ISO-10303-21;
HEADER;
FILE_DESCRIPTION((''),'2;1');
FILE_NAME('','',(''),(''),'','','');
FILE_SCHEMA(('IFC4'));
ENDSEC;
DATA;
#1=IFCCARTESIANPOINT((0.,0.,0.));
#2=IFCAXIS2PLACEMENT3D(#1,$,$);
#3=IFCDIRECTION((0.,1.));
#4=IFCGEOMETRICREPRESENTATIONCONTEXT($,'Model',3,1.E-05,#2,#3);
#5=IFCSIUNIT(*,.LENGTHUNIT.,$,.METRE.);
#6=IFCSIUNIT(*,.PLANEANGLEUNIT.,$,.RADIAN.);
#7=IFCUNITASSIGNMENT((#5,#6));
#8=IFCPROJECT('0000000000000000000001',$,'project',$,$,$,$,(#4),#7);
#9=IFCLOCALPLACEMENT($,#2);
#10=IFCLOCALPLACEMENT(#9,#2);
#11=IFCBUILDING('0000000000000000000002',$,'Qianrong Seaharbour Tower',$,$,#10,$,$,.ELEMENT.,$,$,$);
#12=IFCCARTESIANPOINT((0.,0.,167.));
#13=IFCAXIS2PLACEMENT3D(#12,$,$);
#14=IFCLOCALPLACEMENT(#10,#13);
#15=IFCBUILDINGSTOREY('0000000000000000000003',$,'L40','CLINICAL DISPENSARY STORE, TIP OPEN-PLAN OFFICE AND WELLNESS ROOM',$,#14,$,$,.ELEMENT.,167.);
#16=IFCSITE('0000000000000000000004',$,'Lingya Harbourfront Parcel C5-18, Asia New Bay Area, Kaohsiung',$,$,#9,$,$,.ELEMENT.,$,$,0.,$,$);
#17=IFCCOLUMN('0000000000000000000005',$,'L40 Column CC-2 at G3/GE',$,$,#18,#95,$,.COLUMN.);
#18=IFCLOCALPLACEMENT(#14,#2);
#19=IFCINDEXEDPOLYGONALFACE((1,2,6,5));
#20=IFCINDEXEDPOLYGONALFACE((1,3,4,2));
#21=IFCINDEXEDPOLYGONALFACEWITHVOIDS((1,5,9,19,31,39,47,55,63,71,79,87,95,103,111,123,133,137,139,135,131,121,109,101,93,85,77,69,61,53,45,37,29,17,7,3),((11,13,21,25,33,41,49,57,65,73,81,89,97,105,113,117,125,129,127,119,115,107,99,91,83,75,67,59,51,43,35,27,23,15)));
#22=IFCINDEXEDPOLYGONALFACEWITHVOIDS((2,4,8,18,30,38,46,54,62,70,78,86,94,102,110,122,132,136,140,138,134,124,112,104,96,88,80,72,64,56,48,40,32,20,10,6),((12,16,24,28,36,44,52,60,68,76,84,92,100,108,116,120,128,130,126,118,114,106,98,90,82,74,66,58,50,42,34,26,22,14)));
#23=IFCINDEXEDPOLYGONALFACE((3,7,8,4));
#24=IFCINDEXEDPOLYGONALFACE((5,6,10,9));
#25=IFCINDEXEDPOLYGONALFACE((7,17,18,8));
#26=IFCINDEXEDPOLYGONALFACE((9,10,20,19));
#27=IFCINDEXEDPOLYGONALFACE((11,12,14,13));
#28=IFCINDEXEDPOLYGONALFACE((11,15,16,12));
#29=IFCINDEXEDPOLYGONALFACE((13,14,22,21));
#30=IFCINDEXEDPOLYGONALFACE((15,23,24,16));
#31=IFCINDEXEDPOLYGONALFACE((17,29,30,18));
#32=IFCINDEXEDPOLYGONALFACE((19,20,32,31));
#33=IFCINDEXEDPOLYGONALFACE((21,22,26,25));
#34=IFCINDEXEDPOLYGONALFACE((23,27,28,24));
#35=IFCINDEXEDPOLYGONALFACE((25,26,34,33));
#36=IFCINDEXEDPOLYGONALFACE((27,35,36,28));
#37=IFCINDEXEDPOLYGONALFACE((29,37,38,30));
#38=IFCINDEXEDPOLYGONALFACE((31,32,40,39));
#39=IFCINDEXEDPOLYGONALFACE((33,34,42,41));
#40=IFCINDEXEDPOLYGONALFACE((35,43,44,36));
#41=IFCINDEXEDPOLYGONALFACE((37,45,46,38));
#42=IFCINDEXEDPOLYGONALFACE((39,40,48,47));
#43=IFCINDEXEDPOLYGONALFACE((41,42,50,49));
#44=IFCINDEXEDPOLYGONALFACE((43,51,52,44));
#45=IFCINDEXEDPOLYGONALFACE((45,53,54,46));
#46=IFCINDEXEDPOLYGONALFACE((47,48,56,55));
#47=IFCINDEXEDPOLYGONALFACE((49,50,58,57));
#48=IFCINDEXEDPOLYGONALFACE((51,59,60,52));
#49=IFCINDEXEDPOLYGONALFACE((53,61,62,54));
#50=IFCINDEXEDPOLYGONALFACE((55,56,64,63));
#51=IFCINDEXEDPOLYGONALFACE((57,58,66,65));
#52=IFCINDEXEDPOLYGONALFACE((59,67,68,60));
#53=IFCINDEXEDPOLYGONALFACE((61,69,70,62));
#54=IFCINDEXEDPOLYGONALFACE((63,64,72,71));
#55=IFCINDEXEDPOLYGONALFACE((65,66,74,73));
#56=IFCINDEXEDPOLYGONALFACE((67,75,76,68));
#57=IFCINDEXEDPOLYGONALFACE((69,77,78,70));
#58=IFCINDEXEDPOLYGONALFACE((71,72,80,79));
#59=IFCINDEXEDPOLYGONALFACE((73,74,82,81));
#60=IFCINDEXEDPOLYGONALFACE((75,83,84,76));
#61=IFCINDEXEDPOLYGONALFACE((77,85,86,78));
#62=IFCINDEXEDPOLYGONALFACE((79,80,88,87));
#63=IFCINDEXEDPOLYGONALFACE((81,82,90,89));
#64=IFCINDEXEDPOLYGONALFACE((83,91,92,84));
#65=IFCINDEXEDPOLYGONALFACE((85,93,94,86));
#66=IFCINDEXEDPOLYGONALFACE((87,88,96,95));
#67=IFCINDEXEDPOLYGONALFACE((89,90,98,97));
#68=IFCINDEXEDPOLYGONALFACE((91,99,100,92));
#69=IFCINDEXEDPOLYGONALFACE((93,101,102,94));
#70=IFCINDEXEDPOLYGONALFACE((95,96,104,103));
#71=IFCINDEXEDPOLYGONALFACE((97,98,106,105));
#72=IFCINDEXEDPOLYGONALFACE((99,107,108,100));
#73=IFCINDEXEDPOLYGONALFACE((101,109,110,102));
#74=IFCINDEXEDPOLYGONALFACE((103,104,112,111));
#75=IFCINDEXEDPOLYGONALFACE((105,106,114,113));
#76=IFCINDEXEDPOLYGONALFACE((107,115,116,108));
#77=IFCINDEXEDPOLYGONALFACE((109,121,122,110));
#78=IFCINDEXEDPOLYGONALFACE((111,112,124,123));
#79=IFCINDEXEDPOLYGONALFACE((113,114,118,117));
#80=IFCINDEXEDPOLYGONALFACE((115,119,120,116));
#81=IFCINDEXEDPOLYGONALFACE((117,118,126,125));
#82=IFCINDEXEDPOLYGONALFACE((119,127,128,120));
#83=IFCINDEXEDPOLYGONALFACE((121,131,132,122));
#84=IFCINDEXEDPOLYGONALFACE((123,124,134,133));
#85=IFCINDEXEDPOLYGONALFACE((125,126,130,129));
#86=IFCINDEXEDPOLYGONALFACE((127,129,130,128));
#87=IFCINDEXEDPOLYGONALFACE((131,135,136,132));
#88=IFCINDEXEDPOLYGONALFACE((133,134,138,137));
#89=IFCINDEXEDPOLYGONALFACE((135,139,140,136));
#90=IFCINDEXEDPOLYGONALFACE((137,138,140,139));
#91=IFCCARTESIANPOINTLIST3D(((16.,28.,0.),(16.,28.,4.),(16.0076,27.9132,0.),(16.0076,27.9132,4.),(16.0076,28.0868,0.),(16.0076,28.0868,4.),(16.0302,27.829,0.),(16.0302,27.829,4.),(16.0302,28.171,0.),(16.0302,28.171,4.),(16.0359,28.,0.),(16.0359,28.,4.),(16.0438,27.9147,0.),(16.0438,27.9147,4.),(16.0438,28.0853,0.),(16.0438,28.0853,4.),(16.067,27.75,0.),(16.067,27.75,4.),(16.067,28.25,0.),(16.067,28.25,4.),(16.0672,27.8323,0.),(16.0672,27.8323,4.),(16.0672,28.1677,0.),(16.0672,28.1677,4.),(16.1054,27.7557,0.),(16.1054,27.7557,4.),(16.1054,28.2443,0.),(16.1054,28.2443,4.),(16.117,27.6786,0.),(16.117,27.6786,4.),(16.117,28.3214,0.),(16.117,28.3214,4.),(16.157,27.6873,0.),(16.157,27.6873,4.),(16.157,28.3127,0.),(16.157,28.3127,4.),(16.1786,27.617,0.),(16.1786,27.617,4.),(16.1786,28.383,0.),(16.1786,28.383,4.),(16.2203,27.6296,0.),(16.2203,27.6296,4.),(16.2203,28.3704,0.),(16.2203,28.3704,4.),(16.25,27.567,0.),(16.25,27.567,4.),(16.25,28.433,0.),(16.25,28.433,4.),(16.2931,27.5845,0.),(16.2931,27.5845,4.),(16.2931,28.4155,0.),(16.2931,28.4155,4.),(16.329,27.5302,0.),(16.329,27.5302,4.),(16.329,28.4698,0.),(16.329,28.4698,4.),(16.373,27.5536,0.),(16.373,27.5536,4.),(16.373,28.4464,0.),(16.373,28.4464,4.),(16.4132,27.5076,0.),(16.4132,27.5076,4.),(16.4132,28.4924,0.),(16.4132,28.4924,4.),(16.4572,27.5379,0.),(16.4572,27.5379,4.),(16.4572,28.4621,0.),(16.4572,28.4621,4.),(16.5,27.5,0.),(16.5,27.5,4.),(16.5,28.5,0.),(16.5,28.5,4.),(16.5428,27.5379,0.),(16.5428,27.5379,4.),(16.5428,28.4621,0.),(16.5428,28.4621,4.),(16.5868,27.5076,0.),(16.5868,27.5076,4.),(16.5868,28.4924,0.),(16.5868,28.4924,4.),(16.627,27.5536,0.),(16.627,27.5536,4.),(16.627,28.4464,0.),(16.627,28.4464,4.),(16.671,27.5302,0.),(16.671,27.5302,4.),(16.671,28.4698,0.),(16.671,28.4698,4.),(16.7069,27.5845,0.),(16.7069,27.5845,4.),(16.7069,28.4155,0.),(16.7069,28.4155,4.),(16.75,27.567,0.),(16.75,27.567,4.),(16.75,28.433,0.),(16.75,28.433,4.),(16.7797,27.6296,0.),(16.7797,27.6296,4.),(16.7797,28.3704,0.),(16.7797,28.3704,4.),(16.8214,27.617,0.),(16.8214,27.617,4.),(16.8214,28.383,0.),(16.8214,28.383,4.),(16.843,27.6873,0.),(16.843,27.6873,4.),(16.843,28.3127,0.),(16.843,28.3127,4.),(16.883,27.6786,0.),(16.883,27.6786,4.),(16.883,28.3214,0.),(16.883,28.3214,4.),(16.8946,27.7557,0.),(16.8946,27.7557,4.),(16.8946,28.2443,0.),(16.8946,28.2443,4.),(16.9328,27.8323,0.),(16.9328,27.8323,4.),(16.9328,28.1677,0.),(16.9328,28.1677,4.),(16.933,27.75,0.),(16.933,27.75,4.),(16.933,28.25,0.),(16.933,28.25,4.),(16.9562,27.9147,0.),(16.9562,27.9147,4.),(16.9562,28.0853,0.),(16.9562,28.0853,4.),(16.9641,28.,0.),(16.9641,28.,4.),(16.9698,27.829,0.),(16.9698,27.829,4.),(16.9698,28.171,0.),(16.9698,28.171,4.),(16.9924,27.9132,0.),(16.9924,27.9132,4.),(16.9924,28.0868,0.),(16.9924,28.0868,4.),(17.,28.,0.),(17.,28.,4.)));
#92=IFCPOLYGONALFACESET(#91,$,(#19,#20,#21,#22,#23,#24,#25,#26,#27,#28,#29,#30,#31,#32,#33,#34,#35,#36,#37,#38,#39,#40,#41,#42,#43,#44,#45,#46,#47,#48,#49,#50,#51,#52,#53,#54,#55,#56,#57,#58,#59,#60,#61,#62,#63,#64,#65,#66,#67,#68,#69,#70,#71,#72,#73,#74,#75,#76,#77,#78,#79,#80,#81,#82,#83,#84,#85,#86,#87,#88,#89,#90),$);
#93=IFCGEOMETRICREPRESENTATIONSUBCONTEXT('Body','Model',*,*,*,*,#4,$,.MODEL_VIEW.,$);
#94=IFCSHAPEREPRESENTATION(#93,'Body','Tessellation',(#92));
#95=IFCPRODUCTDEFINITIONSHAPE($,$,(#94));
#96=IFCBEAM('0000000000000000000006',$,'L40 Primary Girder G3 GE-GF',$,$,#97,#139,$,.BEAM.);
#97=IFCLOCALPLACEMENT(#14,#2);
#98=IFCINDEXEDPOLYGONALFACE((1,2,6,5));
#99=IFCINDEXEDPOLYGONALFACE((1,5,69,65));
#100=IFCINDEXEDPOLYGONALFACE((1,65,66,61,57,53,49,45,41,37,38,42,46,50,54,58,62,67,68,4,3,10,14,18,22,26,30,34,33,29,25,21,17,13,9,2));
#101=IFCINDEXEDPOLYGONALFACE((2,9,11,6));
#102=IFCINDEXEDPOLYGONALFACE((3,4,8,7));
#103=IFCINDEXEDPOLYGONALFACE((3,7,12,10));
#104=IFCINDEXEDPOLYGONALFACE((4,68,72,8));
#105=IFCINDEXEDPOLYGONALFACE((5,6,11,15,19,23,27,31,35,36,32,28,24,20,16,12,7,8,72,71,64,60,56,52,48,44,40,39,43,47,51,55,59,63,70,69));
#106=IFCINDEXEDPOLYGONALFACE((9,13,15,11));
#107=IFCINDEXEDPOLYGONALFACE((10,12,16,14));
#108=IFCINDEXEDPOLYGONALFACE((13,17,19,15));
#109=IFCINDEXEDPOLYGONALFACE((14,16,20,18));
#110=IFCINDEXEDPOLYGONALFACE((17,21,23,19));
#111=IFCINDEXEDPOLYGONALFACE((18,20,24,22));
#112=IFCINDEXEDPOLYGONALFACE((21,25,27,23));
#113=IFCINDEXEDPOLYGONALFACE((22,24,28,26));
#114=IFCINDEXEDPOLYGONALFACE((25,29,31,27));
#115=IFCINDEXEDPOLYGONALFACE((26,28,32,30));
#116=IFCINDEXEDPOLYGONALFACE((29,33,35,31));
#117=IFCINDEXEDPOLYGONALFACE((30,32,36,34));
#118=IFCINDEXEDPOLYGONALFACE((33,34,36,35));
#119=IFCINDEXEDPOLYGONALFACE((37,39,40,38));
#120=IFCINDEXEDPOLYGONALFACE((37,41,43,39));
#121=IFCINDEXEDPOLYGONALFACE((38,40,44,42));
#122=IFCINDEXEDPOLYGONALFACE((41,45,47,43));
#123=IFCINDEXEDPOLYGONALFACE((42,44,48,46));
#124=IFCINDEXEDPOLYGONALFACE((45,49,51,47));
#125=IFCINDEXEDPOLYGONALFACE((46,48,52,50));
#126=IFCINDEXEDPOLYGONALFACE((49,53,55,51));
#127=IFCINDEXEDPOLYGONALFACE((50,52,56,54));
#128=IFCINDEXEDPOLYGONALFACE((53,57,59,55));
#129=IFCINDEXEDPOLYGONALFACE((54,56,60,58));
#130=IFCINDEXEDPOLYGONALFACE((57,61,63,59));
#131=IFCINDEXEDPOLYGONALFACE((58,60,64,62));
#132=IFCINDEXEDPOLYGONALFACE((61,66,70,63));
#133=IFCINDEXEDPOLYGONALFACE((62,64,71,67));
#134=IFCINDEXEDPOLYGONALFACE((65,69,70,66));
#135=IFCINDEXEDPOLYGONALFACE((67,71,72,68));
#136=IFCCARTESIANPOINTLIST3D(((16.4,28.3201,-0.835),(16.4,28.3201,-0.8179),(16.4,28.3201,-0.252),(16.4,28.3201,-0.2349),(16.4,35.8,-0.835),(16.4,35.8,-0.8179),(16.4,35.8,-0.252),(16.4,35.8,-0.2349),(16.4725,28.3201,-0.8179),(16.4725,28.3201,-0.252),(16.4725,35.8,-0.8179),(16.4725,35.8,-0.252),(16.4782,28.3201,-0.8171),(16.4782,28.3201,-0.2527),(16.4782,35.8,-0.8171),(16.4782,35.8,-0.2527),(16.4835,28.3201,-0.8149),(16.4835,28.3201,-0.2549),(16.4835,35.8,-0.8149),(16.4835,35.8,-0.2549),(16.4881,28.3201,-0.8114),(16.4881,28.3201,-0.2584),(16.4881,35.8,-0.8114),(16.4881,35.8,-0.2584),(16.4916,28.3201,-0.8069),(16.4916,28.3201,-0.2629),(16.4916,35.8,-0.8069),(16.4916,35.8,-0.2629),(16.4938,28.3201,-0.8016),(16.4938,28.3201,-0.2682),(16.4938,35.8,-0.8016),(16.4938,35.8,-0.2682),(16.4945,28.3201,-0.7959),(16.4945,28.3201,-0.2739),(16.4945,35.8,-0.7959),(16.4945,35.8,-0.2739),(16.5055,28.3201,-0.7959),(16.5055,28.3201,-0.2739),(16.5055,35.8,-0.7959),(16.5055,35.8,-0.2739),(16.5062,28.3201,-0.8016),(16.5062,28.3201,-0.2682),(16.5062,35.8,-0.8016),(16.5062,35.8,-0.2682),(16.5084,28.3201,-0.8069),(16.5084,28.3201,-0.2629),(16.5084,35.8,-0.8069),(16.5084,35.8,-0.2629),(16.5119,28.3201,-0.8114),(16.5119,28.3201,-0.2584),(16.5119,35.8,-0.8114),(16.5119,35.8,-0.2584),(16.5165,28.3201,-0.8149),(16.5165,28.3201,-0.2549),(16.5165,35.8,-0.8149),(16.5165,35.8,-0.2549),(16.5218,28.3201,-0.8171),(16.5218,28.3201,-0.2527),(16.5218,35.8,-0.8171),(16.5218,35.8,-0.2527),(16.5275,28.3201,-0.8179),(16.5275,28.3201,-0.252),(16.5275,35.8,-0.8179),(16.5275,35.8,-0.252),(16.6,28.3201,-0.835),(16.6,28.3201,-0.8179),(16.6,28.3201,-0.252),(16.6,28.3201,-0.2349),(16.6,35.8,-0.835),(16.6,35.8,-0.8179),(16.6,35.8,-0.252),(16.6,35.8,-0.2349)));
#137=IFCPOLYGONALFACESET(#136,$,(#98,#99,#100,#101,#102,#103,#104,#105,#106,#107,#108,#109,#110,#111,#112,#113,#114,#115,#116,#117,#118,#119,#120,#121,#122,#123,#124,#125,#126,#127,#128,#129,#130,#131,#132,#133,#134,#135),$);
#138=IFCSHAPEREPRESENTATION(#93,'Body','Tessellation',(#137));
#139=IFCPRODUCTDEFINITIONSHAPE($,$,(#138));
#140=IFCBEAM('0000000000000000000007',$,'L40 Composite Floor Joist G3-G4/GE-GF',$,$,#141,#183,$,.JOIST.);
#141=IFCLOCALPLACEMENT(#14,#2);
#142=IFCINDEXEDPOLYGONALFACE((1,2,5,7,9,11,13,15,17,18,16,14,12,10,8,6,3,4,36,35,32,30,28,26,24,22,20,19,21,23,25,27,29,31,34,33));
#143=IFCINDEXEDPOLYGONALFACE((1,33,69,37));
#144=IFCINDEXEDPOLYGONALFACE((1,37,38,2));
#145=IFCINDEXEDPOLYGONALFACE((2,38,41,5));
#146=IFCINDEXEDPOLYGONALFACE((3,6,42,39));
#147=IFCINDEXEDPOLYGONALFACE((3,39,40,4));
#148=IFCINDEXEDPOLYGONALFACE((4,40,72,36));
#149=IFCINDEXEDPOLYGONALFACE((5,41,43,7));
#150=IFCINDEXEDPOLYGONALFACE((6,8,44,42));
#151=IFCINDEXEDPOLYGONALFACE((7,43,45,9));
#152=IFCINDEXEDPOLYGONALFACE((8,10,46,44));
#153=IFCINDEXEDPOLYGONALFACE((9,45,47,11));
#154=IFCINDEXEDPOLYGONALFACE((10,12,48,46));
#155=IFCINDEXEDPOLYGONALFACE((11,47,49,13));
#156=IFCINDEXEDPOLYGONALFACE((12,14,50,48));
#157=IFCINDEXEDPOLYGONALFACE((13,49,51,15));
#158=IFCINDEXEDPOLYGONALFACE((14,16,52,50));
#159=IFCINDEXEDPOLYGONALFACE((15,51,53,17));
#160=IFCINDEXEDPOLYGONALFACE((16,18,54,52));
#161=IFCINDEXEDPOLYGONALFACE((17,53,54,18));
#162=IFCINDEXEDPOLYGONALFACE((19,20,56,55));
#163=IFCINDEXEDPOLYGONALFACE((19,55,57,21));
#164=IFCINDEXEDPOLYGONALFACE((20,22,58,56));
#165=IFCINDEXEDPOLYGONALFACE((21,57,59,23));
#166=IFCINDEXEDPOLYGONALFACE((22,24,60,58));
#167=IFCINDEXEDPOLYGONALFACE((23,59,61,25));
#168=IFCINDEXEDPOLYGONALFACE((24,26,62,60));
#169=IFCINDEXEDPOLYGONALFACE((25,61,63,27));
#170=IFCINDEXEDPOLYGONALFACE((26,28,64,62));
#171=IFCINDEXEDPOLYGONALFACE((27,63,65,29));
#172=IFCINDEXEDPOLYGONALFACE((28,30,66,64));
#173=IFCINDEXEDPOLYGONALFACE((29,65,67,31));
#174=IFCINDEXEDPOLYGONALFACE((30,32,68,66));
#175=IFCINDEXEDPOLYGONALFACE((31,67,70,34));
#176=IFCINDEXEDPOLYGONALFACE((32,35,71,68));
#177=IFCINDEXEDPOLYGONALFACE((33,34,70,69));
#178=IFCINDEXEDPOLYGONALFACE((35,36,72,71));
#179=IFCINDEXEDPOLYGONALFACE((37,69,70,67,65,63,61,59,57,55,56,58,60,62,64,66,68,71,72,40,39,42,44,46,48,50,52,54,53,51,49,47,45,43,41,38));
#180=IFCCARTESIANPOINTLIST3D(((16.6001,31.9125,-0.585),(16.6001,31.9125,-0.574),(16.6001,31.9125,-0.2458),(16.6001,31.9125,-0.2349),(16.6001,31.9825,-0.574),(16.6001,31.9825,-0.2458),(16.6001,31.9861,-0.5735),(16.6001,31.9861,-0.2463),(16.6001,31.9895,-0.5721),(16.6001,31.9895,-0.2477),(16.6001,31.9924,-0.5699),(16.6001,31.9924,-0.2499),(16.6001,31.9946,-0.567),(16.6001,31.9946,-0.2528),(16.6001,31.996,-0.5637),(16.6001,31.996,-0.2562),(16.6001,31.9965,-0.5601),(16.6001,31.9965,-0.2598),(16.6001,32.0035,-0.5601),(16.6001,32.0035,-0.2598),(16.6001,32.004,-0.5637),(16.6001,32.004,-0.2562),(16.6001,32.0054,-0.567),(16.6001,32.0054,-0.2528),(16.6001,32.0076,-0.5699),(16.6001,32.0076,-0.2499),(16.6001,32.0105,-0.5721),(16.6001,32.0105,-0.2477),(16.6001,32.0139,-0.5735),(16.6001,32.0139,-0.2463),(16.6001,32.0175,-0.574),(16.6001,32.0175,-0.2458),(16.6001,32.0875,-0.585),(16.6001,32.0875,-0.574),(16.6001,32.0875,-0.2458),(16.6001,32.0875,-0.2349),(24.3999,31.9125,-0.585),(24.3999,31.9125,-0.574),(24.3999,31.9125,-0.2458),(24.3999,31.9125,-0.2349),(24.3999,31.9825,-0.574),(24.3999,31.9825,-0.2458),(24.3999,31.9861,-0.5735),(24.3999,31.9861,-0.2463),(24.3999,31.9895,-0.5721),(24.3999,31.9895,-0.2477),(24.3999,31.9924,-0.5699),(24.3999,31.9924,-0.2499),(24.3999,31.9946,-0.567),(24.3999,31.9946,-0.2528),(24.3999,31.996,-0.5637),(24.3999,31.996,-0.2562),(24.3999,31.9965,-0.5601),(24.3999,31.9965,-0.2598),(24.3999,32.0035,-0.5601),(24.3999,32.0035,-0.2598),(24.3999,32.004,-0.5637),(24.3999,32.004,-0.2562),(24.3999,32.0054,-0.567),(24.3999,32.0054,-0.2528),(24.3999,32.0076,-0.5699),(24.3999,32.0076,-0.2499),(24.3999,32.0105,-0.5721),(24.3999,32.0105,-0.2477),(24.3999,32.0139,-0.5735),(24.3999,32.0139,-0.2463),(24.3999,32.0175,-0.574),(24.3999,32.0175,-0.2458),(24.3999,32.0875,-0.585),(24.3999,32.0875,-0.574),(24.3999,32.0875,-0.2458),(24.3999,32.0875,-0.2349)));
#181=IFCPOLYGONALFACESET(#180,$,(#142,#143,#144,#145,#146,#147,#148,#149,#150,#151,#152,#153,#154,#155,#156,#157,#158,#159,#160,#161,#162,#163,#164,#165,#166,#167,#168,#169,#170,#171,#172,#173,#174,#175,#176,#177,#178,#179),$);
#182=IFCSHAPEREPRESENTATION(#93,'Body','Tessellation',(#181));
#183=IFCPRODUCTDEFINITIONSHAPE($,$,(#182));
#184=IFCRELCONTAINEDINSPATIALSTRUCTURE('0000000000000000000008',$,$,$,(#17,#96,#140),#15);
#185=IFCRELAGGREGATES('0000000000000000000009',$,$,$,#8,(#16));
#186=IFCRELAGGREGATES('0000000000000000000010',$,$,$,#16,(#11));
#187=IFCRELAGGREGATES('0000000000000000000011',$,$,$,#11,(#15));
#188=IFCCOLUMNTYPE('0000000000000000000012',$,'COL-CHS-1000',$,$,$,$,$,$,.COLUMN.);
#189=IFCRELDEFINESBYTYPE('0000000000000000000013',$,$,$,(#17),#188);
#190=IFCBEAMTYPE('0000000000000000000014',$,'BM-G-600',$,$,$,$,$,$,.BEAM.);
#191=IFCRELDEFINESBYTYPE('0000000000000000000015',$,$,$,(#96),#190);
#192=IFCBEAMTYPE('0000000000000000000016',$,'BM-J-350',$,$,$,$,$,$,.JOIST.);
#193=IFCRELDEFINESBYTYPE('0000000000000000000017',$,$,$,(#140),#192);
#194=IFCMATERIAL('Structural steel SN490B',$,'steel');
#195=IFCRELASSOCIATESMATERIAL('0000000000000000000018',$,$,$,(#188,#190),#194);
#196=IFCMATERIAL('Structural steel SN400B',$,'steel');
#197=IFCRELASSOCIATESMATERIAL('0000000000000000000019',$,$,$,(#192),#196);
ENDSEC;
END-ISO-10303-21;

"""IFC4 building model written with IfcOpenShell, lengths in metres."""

from ifc_helpers import new_model, si_unit, direction, frame, origin, origin_2d, place, context, subcontext, project, spatial, hollow_circle, i_section, extrude, material, material_profile, profile_set, type_object, element, save


model = new_model("IFC4")

# Units and contexts
model_context = context("Model", 3, precision=1e-05, world=origin(), true_north=direction((0.0, 1.0)))
body_context = subcontext(model_context, "Body", "Model", "MODEL_VIEW")
ifc_project = project(units=[si_unit("LENGTHUNIT", "METRE"), si_unit("PLANEANGLEUNIT", "RADIAN")], contexts=[model_context])

# Site, building, storey
site_placement = place(None, origin())
site = spatial("IfcSite", under=ifc_project, at=site_placement, Name="Lingya Harbourfront Parcel C5-18, Asia New Bay Area, Kaohsiung", CompositionType="ELEMENT", RefElevation=0.0)
building_placement = place(site_placement, origin())
building = spatial("IfcBuilding", under=site, at=building_placement, Name="Qianrong Seaharbour Tower", CompositionType="ELEMENT")
storey_placement = place(building_placement, frame((0.0, 0.0, 167.0)))
storey = spatial("IfcBuildingStorey", under=building, at=storey_placement, Name="L40", Description="CLINICAL DISPENSARY STORE, TIP OPEN-PLAN OFFICE AND WELLNESS ROOM", CompositionType="ELEMENT", Elevation=167.0)

# Column
ifc_material_1 = material(Name="Structural steel SN490B", Category="steel")
ifc_material_profile_1 = material_profile(ifc_material_1, hollow_circle(Radius=0.5, WallThickness=0.0359, at=origin_2d()), Name="CHS1000x36")
ifc_profile_set_1 = profile_set([ifc_material_profile_1], Name="Structural steel SN490B")
column_type = type_object("IfcColumnType", Name="COL-CHS-1000", PredefinedType="COLUMN", material=ifc_profile_set_1)
column_placement = place(storey_placement, frame((16.5, 28.0, 0.0), z_axis=(0.0, 0.0, 1.0), x_axis=(1.0, 0.0, 0.0)))
element("IfcColumn", 1, at=column_placement, inside=storey, type_object=column_type, Name="L40 Column CC-2 at G3/GE", PredefinedType="COLUMN", context=body_context, shape_type="SweptSolid", body=[
    extrude(hollow_circle(Radius=0.5, WallThickness=0.0359, at=origin_2d()), origin(), (0.0, 0.0, 1.0), 4.0),
])

# Beams
ifc_material_profile_2 = material_profile(ifc_material_1, i_section(OverallWidth=0.2, OverallDepth=0.6001, WebThickness=0.011, FlangeThickness=0.0171, FilletRadius=0.022, at=origin_2d()), Name="H600x200x11x17")
ifc_profile_set_2 = profile_set([ifc_material_profile_2], Name="Structural steel SN490B")
beam_type_1 = type_object("IfcBeamType", Name="BM-G-600", PredefinedType="BEAM", material=ifc_profile_set_2)
beam_1_placement = place(storey_placement, frame((16.5, 28.3201, -0.5349), z_axis=(0.0, 1.0, 0.0), x_axis=(-1.0, 0.0, 0.0)))
element("IfcBeam", 2, at=beam_1_placement, inside=storey, type_object=beam_type_1, Name="L40 Primary Girder G3 GE-GF", PredefinedType="BEAM", context=body_context, shape_type="SweptSolid", body=[
    extrude(i_section(OverallWidth=0.2, OverallDepth=0.6001, WebThickness=0.011, FlangeThickness=0.0171, FilletRadius=0.022, at=origin_2d()), origin(), (0.0, 0.0, 1.0), 7.48),
])
ifc_material_2 = material(Name="Structural steel SN400B", Category="steel")
ifc_material_profile_3 = material_profile(ifc_material_2, i_section(OverallWidth=0.175, OverallDepth=0.3501, WebThickness=0.0071, FlangeThickness=0.011, FilletRadius=0.0139, at=origin_2d()), Name="H350x175x7x11")
ifc_profile_set_3 = profile_set([ifc_material_profile_3], Name="Structural steel SN400B")
beam_type_2 = type_object("IfcBeamType", Name="BM-J-350", PredefinedType="JOIST", material=ifc_profile_set_3)
beam_2_placement = place(storey_placement, frame((16.6001, 32.0, -0.4099), z_axis=(1.0, 0.0, 0.0), x_axis=(0.0, 1.0, 0.0)))
element("IfcBeam", 3, at=beam_2_placement, inside=storey, type_object=beam_type_2, Name="L40 Composite Floor Joist G3-G4/GE-GF", PredefinedType="JOIST", context=body_context, shape_type="SweptSolid", body=[
    extrude(i_section(OverallWidth=0.175, OverallDepth=0.3501, WebThickness=0.0071, FlangeThickness=0.011, FilletRadius=0.0139, at=origin_2d()), origin(), (0.0, 0.0, 1.0), 7.7998),
])

save(model, "model.ifc")
